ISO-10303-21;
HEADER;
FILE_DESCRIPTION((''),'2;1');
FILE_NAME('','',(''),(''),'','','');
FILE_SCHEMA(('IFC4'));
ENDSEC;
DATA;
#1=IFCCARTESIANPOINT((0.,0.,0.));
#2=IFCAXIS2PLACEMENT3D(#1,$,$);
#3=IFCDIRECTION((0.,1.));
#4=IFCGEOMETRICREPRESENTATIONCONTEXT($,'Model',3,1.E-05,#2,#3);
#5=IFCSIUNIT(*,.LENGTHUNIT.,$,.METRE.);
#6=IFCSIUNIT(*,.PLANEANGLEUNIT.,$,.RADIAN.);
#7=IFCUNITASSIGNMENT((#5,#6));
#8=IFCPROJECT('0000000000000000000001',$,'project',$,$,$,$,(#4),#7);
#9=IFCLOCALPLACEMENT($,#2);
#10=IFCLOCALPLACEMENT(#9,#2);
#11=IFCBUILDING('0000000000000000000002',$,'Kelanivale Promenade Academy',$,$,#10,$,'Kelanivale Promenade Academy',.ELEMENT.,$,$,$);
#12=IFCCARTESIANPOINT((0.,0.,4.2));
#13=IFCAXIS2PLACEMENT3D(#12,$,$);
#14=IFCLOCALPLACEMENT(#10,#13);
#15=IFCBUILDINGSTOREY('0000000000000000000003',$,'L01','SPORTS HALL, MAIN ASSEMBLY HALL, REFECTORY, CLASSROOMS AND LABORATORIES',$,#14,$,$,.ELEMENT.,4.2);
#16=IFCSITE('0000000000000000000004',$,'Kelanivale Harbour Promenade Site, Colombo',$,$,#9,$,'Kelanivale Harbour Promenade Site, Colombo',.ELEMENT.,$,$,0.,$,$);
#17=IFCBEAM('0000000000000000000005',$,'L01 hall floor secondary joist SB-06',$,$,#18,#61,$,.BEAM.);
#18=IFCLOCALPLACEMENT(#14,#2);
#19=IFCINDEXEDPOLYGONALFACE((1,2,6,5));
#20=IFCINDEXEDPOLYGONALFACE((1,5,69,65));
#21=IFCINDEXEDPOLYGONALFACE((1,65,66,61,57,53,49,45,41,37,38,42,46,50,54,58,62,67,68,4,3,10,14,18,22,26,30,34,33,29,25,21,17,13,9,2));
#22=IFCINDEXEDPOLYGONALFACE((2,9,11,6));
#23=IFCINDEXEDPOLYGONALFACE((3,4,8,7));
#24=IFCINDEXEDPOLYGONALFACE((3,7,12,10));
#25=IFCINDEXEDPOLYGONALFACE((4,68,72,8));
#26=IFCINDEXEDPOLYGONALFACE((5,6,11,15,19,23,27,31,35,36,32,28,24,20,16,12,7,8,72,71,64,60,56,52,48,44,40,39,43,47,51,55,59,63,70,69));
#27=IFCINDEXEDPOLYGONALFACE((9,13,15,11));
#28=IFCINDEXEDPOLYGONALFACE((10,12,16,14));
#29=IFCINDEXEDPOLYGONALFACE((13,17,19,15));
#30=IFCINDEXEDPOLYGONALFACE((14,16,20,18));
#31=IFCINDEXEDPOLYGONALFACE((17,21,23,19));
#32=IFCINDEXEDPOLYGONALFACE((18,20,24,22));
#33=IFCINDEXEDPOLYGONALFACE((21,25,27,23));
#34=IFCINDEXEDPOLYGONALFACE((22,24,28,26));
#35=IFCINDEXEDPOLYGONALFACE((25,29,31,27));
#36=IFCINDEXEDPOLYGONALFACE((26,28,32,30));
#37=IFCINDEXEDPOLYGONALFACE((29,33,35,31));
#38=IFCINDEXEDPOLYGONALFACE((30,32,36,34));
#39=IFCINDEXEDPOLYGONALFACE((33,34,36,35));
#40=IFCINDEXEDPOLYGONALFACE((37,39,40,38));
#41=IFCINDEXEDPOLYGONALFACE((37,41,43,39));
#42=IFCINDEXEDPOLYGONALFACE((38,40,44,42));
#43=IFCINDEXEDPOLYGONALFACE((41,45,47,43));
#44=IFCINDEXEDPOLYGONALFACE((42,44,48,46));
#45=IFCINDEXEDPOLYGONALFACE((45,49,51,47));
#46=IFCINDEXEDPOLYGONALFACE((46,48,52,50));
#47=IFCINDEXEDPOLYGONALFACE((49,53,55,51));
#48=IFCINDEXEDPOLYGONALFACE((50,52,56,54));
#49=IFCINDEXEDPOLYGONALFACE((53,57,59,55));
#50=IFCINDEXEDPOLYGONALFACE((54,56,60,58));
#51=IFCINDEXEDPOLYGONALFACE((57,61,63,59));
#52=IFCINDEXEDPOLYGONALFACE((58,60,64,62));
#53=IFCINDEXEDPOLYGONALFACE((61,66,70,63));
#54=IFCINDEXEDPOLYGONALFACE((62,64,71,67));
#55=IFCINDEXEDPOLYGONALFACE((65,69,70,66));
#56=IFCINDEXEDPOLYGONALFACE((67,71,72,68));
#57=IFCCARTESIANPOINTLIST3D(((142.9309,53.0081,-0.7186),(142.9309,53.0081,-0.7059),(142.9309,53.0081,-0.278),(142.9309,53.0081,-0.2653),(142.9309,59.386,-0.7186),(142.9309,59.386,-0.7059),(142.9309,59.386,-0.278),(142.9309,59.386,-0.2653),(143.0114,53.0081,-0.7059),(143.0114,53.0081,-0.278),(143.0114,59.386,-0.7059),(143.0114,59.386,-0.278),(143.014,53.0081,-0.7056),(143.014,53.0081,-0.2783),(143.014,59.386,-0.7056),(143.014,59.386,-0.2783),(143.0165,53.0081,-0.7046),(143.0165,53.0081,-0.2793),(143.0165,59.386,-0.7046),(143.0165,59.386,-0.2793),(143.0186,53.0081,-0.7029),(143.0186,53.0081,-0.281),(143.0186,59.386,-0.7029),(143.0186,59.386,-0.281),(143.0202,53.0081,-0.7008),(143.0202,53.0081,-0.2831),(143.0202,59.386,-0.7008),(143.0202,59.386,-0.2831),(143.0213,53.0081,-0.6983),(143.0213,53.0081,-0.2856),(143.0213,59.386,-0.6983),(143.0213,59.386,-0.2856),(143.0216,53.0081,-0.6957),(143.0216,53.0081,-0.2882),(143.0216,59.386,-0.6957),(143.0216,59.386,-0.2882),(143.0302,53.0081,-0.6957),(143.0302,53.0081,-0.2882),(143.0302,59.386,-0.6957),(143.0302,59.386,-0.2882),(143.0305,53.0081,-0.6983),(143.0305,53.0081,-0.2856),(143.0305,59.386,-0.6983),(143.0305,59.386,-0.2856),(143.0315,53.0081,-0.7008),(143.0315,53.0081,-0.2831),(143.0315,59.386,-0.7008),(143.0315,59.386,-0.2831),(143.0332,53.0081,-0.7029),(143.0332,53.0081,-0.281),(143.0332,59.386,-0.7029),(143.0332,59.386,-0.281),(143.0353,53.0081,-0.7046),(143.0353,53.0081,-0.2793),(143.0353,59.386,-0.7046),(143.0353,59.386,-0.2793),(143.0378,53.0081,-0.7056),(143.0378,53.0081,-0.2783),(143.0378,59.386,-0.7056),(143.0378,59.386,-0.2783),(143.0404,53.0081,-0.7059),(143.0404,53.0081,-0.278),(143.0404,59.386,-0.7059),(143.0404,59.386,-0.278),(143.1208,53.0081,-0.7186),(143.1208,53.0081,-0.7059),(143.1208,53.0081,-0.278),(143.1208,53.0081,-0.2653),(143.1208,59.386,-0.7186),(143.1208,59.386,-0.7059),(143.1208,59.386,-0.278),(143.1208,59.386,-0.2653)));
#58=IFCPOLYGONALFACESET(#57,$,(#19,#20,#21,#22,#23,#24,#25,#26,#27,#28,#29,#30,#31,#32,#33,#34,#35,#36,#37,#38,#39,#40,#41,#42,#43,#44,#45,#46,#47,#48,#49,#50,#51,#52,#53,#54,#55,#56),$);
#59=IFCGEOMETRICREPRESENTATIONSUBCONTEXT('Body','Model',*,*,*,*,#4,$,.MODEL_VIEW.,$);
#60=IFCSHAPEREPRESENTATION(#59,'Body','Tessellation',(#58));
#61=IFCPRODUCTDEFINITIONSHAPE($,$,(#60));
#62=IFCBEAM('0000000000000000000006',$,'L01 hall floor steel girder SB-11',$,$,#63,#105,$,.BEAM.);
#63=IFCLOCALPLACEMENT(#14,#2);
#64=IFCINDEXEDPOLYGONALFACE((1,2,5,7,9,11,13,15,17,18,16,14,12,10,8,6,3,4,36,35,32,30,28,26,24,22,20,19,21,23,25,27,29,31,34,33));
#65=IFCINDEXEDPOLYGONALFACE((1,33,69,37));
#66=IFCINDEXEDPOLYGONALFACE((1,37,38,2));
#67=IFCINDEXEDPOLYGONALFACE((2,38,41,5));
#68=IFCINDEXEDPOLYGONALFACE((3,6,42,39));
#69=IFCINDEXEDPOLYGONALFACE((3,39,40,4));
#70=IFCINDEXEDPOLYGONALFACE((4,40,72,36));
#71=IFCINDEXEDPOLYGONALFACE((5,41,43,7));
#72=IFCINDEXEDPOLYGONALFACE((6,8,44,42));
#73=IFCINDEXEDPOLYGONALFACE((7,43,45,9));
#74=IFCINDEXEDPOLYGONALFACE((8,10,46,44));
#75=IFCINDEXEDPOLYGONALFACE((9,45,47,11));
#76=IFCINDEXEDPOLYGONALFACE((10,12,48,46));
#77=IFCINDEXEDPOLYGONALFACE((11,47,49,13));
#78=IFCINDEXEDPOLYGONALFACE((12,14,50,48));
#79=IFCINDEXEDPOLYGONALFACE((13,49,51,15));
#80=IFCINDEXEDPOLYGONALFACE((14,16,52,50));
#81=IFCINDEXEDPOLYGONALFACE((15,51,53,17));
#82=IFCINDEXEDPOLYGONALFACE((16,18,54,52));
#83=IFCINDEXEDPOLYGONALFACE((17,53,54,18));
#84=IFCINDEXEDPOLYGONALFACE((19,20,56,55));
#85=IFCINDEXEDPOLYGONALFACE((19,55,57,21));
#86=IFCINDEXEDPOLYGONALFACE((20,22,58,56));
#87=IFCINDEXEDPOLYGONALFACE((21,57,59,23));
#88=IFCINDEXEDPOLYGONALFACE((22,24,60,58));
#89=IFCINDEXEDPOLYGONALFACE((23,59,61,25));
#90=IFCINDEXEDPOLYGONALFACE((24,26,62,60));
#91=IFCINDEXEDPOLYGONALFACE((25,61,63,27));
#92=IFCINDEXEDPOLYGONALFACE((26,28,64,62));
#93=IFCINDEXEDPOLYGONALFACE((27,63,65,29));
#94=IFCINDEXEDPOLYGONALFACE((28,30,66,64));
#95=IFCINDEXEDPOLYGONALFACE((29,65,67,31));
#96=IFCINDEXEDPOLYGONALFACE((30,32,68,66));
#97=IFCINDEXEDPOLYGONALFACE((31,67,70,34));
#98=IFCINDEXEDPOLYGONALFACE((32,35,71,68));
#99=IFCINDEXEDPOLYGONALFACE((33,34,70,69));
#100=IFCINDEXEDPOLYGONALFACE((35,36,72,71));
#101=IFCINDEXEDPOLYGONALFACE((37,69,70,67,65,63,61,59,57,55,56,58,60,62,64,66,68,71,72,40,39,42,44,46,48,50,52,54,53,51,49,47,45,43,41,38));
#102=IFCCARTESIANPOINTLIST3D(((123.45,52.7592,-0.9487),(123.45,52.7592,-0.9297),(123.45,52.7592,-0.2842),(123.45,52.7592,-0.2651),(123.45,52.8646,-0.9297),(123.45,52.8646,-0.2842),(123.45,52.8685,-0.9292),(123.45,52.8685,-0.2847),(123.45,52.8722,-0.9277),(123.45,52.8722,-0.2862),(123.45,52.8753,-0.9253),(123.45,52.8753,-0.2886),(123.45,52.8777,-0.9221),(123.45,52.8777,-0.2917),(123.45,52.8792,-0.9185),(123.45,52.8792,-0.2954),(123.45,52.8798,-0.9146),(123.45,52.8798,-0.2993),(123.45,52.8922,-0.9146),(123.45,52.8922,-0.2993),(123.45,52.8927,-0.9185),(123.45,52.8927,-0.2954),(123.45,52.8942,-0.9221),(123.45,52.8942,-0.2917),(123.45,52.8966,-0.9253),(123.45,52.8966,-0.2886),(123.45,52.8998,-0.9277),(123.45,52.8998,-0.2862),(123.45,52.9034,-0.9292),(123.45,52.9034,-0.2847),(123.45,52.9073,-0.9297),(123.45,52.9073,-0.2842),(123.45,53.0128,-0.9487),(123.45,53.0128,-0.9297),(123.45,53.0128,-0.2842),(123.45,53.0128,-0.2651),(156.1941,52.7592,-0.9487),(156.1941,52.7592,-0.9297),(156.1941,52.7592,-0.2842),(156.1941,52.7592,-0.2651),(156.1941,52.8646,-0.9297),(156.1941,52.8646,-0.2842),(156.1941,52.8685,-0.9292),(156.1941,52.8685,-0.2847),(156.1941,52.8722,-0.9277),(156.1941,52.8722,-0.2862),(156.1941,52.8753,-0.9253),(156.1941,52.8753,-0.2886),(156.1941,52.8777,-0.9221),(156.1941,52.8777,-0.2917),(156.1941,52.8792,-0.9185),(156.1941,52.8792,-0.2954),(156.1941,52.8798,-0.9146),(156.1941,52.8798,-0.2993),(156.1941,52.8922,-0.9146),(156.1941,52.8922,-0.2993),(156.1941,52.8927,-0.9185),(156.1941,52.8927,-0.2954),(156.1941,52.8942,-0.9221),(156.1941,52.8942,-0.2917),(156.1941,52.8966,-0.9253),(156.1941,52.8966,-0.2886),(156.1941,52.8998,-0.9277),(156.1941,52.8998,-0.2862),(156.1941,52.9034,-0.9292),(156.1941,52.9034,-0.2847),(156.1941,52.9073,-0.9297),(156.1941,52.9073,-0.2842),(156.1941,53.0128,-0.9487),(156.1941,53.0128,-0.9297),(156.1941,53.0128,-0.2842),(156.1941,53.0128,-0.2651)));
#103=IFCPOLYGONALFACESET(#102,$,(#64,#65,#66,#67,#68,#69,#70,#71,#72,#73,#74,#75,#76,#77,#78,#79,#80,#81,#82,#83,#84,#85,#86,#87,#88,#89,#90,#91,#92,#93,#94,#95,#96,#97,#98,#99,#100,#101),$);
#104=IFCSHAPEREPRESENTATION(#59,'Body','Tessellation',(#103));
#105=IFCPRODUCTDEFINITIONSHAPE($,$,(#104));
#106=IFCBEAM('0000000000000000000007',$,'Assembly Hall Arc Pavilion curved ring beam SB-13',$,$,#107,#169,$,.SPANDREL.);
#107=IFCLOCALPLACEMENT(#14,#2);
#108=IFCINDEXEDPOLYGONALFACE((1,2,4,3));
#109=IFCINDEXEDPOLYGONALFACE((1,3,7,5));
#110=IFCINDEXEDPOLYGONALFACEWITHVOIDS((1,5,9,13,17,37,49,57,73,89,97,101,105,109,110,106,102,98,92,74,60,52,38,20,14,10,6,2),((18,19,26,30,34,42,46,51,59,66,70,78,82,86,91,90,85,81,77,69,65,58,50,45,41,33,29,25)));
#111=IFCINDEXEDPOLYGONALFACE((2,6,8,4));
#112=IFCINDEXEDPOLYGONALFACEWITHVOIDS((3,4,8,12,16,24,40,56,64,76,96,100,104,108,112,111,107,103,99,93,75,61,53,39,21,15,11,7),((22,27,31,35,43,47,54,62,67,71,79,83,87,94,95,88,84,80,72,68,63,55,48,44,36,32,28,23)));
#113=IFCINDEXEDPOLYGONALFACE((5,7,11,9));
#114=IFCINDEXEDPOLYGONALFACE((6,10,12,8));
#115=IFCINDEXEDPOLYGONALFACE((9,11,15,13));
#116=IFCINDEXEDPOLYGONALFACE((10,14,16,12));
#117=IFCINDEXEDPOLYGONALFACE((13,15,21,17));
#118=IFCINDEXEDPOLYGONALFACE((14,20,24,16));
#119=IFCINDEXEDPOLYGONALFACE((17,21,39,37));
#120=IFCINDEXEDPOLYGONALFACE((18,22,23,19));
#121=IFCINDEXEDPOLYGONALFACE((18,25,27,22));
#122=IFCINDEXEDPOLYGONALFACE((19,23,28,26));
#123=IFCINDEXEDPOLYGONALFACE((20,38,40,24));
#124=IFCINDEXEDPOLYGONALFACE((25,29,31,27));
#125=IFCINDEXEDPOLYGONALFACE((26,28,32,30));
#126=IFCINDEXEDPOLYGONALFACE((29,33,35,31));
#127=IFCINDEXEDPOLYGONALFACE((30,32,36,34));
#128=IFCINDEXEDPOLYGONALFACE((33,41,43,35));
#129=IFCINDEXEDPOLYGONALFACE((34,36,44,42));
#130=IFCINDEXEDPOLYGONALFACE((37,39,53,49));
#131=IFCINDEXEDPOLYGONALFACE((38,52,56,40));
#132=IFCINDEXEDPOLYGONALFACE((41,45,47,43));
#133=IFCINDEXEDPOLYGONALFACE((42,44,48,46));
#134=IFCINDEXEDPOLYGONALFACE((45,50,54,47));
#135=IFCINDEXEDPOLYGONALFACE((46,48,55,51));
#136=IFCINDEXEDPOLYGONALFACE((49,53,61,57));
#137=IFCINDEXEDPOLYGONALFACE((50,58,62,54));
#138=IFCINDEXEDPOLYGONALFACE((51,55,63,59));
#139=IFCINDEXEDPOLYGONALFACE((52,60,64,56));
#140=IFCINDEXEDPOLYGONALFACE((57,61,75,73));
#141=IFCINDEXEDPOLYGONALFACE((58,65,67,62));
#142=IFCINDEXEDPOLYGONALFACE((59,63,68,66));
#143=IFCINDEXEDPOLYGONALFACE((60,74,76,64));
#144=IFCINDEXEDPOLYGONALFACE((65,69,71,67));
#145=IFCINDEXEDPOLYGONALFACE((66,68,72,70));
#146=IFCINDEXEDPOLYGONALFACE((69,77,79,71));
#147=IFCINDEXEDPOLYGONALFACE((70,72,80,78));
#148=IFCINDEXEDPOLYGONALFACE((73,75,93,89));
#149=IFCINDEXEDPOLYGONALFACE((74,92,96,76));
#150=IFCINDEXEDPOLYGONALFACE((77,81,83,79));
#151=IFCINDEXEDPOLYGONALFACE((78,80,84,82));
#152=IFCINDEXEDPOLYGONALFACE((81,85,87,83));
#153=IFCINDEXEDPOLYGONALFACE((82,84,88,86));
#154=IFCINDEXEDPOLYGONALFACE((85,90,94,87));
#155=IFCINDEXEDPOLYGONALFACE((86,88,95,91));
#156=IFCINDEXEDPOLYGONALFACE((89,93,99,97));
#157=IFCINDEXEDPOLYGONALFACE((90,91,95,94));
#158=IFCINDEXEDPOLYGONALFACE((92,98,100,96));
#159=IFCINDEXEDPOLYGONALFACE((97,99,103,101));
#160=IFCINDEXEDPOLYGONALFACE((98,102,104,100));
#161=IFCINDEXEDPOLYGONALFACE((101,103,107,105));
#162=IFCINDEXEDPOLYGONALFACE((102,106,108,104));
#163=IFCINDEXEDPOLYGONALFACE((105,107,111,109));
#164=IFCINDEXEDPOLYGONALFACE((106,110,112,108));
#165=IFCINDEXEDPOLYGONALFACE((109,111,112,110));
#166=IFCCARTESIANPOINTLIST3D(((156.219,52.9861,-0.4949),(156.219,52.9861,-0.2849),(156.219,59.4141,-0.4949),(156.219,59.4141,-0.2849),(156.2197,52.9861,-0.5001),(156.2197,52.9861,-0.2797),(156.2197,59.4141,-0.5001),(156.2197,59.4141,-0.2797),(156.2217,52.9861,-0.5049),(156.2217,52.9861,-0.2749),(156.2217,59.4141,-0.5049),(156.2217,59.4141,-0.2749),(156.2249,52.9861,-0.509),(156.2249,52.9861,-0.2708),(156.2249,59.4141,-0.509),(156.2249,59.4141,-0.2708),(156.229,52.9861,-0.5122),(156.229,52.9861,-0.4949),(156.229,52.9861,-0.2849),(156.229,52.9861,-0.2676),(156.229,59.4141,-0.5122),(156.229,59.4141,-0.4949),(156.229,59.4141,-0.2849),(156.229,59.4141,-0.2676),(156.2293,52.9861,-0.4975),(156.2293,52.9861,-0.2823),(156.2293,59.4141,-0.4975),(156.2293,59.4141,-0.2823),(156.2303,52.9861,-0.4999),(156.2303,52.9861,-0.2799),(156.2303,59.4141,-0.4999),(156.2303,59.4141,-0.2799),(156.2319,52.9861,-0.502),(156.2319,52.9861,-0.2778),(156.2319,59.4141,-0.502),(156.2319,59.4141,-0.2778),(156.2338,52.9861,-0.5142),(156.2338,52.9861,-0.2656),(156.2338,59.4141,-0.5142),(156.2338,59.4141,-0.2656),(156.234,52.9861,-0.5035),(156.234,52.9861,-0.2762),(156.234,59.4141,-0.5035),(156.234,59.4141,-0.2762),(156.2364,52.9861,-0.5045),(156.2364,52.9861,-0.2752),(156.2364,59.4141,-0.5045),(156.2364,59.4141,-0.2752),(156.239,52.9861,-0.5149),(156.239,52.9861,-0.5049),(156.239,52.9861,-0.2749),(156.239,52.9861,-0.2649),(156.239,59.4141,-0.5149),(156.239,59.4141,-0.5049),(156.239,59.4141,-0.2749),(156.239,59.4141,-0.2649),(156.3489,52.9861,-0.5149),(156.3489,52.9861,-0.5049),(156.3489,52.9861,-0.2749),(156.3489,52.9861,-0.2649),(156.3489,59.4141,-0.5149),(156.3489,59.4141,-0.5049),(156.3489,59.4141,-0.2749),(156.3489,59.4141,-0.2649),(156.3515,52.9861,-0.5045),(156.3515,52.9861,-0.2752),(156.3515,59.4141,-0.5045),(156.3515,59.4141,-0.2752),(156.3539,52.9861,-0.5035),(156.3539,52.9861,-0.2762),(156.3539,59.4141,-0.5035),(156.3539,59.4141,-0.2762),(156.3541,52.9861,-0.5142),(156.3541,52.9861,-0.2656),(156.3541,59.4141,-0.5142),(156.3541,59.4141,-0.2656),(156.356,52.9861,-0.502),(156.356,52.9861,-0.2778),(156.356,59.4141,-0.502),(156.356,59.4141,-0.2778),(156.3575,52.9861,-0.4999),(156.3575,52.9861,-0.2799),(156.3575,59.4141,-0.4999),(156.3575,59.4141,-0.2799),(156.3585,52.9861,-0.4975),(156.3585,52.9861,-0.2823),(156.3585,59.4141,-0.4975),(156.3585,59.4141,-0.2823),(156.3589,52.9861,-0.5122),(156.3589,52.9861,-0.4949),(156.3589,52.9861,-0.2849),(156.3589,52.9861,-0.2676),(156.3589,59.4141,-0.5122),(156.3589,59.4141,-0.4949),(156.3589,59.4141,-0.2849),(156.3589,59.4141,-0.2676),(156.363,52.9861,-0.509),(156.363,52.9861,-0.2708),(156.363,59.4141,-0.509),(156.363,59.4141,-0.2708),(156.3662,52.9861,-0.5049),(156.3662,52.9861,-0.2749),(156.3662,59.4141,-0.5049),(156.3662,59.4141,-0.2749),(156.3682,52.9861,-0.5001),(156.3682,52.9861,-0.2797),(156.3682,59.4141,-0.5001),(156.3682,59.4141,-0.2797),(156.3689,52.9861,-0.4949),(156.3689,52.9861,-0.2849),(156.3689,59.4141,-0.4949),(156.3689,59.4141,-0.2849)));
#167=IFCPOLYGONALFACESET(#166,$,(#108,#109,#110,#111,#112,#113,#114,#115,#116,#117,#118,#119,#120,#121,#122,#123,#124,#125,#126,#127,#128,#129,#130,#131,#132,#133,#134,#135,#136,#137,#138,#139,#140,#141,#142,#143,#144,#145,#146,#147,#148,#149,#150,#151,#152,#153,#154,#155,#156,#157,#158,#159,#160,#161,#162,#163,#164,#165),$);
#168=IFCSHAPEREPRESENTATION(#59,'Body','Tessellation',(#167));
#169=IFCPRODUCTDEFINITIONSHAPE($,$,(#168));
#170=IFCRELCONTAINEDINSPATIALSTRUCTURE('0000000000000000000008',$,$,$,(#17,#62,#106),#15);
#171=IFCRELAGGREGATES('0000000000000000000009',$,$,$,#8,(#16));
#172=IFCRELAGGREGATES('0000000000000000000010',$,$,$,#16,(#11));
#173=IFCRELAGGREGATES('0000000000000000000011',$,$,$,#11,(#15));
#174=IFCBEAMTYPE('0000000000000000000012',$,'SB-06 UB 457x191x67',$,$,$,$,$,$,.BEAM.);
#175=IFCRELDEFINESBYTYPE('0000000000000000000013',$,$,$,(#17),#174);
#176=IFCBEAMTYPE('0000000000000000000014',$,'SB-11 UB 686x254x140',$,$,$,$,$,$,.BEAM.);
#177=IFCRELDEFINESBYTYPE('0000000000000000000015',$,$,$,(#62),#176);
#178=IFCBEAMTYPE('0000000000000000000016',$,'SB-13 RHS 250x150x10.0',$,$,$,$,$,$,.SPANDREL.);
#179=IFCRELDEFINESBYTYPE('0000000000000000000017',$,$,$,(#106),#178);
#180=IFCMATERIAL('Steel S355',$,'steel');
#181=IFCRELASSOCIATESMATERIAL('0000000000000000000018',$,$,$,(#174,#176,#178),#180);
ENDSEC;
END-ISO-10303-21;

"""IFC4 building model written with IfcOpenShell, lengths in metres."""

from ifc_helpers import new_model, si_unit, direction, frame, origin, origin_2d, place, context, subcontext, project, spatial, hollow_rectangle, i_section, extrude, material, material_profile, profile_set, type_object, element, save


model = new_model("IFC4")

# Units and contexts
model_context = context("Model", 3, precision=1e-05, world=origin(), true_north=direction((0.0, 1.0)))
body_context = subcontext(model_context, "Body", "Model", "MODEL_VIEW")
ifc_project = project(units=[si_unit("LENGTHUNIT", "METRE"), si_unit("PLANEANGLEUNIT", "RADIAN")], contexts=[model_context])

# Site, building, storey
site_placement = place(None, origin())
site = spatial("IfcSite", under=ifc_project, at=site_placement, Name="Kelanivale Harbour Promenade Site, Colombo", LongName="Kelanivale Harbour Promenade Site, Colombo", CompositionType="ELEMENT", RefElevation=0.0)
building_placement = place(site_placement, origin())
building = spatial("IfcBuilding", under=site, at=building_placement, Name="Kelanivale Promenade Academy", LongName="Kelanivale Promenade Academy", CompositionType="ELEMENT")
storey_placement = place(building_placement, frame((0.0, 0.0, 4.2)))
storey = spatial("IfcBuildingStorey", under=building, at=storey_placement, Name="L01", Description="SPORTS HALL, MAIN ASSEMBLY HALL, REFECTORY, CLASSROOMS AND LABORATORIES", CompositionType="ELEMENT", Elevation=4.2)

# Shared definitions
ifc_material_1 = material(Name="Steel S355", Category="steel")

# Beams
ifc_material_profile_1 = material_profile(ifc_material_1, i_section(OverallWidth=0.1899, OverallDepth=0.4534, WebThickness=0.0085, FlangeThickness=0.0127, FilletRadius=0.0103, at=origin_2d()), Name="UB 457x191x67")
ifc_profile_set_1 = profile_set([ifc_material_profile_1], Name="Steel S355")
beam_type_1 = type_object("IfcBeamType", Name="SB-06 UB 457x191x67", PredefinedType="BEAM", material=ifc_profile_set_1)
beam_1_placement = place(storey_placement, frame((143.0259, 53.0081, -0.4919), z_axis=(0.0, 1.0, 0.0), x_axis=(-1.0, 0.0, 0.0)))
element("IfcBeam", 1, at=beam_1_placement, inside=storey, type_object=beam_type_1, Name="L01 hall floor secondary joist SB-06", PredefinedType="BEAM", context=body_context, shape_type="SweptSolid", body=[
    extrude(i_section(OverallWidth=0.1899, OverallDepth=0.4534, WebThickness=0.0085, FlangeThickness=0.0127, FilletRadius=0.0103, at=origin_2d()), origin(), (0.0, 0.0, 1.0), 6.3779),
])
ifc_material_profile_2 = material_profile(ifc_material_1, i_section(OverallWidth=0.2537, OverallDepth=0.6836, WebThickness=0.0125, FlangeThickness=0.019, FilletRadius=0.0151, at=origin_2d()), Name="UB 686x254x140")
ifc_profile_set_2 = profile_set([ifc_material_profile_2], Name="Steel S355")
beam_type_2 = type_object("IfcBeamType", Name="SB-11 UB 686x254x140", PredefinedType="BEAM", material=ifc_profile_set_2)
beam_2_placement = place(storey_placement, frame((123.45, 52.886, -0.6069), z_axis=(1.0, 0.0, 0.0), x_axis=(0.0, 1.0, 0.0)))
element("IfcBeam", 2, at=beam_2_placement, inside=storey, type_object=beam_type_2, Name="L01 hall floor steel girder SB-11", PredefinedType="BEAM", context=body_context, shape_type="SweptSolid", body=[
    extrude(i_section(OverallWidth=0.2537, OverallDepth=0.6836, WebThickness=0.0125, FlangeThickness=0.019, FilletRadius=0.0151, at=origin_2d()), origin(), (0.0, 0.0, 1.0), 32.7441),
])
ifc_material_profile_3 = material_profile(ifc_material_1, hollow_rectangle(XDim=0.1499, YDim=0.25, WallThickness=0.01, InnerFilletRadius=0.01, OuterFilletRadius=0.02, at=origin_2d()), Name="RHS 250x150x10.0")
ifc_profile_set_3 = profile_set([ifc_material_profile_3], Name="Steel S355")
beam_type_3 = type_object("IfcBeamType", Name="SB-13 RHS 250x150x10.0", PredefinedType="SPANDREL", material=ifc_profile_set_3)
for number, where, z_axis, x_axis, name in (
    (3, (156.2939, 52.9861, -0.3899), (0.0, 1.0, 0.0), (-1.0, 0.0, 0.0), "Assembly Hall Arc Pavilion curved ring beam SB-13"),
):
    element("IfcBeam", number, at=place(storey_placement, frame(where, z_axis=z_axis, x_axis=x_axis)), inside=storey, type_object=beam_type_3, Name=name, PredefinedType="SPANDREL", context=body_context, shape_type="SweptSolid", body=[
        extrude(hollow_rectangle(XDim=0.1499, YDim=0.25, WallThickness=0.01, InnerFilletRadius=0.01, OuterFilletRadius=0.02, at=origin_2d()), origin(), (0.0, 0.0, 1.0), 6.428),
    ])

save(model, "model.ifc")
